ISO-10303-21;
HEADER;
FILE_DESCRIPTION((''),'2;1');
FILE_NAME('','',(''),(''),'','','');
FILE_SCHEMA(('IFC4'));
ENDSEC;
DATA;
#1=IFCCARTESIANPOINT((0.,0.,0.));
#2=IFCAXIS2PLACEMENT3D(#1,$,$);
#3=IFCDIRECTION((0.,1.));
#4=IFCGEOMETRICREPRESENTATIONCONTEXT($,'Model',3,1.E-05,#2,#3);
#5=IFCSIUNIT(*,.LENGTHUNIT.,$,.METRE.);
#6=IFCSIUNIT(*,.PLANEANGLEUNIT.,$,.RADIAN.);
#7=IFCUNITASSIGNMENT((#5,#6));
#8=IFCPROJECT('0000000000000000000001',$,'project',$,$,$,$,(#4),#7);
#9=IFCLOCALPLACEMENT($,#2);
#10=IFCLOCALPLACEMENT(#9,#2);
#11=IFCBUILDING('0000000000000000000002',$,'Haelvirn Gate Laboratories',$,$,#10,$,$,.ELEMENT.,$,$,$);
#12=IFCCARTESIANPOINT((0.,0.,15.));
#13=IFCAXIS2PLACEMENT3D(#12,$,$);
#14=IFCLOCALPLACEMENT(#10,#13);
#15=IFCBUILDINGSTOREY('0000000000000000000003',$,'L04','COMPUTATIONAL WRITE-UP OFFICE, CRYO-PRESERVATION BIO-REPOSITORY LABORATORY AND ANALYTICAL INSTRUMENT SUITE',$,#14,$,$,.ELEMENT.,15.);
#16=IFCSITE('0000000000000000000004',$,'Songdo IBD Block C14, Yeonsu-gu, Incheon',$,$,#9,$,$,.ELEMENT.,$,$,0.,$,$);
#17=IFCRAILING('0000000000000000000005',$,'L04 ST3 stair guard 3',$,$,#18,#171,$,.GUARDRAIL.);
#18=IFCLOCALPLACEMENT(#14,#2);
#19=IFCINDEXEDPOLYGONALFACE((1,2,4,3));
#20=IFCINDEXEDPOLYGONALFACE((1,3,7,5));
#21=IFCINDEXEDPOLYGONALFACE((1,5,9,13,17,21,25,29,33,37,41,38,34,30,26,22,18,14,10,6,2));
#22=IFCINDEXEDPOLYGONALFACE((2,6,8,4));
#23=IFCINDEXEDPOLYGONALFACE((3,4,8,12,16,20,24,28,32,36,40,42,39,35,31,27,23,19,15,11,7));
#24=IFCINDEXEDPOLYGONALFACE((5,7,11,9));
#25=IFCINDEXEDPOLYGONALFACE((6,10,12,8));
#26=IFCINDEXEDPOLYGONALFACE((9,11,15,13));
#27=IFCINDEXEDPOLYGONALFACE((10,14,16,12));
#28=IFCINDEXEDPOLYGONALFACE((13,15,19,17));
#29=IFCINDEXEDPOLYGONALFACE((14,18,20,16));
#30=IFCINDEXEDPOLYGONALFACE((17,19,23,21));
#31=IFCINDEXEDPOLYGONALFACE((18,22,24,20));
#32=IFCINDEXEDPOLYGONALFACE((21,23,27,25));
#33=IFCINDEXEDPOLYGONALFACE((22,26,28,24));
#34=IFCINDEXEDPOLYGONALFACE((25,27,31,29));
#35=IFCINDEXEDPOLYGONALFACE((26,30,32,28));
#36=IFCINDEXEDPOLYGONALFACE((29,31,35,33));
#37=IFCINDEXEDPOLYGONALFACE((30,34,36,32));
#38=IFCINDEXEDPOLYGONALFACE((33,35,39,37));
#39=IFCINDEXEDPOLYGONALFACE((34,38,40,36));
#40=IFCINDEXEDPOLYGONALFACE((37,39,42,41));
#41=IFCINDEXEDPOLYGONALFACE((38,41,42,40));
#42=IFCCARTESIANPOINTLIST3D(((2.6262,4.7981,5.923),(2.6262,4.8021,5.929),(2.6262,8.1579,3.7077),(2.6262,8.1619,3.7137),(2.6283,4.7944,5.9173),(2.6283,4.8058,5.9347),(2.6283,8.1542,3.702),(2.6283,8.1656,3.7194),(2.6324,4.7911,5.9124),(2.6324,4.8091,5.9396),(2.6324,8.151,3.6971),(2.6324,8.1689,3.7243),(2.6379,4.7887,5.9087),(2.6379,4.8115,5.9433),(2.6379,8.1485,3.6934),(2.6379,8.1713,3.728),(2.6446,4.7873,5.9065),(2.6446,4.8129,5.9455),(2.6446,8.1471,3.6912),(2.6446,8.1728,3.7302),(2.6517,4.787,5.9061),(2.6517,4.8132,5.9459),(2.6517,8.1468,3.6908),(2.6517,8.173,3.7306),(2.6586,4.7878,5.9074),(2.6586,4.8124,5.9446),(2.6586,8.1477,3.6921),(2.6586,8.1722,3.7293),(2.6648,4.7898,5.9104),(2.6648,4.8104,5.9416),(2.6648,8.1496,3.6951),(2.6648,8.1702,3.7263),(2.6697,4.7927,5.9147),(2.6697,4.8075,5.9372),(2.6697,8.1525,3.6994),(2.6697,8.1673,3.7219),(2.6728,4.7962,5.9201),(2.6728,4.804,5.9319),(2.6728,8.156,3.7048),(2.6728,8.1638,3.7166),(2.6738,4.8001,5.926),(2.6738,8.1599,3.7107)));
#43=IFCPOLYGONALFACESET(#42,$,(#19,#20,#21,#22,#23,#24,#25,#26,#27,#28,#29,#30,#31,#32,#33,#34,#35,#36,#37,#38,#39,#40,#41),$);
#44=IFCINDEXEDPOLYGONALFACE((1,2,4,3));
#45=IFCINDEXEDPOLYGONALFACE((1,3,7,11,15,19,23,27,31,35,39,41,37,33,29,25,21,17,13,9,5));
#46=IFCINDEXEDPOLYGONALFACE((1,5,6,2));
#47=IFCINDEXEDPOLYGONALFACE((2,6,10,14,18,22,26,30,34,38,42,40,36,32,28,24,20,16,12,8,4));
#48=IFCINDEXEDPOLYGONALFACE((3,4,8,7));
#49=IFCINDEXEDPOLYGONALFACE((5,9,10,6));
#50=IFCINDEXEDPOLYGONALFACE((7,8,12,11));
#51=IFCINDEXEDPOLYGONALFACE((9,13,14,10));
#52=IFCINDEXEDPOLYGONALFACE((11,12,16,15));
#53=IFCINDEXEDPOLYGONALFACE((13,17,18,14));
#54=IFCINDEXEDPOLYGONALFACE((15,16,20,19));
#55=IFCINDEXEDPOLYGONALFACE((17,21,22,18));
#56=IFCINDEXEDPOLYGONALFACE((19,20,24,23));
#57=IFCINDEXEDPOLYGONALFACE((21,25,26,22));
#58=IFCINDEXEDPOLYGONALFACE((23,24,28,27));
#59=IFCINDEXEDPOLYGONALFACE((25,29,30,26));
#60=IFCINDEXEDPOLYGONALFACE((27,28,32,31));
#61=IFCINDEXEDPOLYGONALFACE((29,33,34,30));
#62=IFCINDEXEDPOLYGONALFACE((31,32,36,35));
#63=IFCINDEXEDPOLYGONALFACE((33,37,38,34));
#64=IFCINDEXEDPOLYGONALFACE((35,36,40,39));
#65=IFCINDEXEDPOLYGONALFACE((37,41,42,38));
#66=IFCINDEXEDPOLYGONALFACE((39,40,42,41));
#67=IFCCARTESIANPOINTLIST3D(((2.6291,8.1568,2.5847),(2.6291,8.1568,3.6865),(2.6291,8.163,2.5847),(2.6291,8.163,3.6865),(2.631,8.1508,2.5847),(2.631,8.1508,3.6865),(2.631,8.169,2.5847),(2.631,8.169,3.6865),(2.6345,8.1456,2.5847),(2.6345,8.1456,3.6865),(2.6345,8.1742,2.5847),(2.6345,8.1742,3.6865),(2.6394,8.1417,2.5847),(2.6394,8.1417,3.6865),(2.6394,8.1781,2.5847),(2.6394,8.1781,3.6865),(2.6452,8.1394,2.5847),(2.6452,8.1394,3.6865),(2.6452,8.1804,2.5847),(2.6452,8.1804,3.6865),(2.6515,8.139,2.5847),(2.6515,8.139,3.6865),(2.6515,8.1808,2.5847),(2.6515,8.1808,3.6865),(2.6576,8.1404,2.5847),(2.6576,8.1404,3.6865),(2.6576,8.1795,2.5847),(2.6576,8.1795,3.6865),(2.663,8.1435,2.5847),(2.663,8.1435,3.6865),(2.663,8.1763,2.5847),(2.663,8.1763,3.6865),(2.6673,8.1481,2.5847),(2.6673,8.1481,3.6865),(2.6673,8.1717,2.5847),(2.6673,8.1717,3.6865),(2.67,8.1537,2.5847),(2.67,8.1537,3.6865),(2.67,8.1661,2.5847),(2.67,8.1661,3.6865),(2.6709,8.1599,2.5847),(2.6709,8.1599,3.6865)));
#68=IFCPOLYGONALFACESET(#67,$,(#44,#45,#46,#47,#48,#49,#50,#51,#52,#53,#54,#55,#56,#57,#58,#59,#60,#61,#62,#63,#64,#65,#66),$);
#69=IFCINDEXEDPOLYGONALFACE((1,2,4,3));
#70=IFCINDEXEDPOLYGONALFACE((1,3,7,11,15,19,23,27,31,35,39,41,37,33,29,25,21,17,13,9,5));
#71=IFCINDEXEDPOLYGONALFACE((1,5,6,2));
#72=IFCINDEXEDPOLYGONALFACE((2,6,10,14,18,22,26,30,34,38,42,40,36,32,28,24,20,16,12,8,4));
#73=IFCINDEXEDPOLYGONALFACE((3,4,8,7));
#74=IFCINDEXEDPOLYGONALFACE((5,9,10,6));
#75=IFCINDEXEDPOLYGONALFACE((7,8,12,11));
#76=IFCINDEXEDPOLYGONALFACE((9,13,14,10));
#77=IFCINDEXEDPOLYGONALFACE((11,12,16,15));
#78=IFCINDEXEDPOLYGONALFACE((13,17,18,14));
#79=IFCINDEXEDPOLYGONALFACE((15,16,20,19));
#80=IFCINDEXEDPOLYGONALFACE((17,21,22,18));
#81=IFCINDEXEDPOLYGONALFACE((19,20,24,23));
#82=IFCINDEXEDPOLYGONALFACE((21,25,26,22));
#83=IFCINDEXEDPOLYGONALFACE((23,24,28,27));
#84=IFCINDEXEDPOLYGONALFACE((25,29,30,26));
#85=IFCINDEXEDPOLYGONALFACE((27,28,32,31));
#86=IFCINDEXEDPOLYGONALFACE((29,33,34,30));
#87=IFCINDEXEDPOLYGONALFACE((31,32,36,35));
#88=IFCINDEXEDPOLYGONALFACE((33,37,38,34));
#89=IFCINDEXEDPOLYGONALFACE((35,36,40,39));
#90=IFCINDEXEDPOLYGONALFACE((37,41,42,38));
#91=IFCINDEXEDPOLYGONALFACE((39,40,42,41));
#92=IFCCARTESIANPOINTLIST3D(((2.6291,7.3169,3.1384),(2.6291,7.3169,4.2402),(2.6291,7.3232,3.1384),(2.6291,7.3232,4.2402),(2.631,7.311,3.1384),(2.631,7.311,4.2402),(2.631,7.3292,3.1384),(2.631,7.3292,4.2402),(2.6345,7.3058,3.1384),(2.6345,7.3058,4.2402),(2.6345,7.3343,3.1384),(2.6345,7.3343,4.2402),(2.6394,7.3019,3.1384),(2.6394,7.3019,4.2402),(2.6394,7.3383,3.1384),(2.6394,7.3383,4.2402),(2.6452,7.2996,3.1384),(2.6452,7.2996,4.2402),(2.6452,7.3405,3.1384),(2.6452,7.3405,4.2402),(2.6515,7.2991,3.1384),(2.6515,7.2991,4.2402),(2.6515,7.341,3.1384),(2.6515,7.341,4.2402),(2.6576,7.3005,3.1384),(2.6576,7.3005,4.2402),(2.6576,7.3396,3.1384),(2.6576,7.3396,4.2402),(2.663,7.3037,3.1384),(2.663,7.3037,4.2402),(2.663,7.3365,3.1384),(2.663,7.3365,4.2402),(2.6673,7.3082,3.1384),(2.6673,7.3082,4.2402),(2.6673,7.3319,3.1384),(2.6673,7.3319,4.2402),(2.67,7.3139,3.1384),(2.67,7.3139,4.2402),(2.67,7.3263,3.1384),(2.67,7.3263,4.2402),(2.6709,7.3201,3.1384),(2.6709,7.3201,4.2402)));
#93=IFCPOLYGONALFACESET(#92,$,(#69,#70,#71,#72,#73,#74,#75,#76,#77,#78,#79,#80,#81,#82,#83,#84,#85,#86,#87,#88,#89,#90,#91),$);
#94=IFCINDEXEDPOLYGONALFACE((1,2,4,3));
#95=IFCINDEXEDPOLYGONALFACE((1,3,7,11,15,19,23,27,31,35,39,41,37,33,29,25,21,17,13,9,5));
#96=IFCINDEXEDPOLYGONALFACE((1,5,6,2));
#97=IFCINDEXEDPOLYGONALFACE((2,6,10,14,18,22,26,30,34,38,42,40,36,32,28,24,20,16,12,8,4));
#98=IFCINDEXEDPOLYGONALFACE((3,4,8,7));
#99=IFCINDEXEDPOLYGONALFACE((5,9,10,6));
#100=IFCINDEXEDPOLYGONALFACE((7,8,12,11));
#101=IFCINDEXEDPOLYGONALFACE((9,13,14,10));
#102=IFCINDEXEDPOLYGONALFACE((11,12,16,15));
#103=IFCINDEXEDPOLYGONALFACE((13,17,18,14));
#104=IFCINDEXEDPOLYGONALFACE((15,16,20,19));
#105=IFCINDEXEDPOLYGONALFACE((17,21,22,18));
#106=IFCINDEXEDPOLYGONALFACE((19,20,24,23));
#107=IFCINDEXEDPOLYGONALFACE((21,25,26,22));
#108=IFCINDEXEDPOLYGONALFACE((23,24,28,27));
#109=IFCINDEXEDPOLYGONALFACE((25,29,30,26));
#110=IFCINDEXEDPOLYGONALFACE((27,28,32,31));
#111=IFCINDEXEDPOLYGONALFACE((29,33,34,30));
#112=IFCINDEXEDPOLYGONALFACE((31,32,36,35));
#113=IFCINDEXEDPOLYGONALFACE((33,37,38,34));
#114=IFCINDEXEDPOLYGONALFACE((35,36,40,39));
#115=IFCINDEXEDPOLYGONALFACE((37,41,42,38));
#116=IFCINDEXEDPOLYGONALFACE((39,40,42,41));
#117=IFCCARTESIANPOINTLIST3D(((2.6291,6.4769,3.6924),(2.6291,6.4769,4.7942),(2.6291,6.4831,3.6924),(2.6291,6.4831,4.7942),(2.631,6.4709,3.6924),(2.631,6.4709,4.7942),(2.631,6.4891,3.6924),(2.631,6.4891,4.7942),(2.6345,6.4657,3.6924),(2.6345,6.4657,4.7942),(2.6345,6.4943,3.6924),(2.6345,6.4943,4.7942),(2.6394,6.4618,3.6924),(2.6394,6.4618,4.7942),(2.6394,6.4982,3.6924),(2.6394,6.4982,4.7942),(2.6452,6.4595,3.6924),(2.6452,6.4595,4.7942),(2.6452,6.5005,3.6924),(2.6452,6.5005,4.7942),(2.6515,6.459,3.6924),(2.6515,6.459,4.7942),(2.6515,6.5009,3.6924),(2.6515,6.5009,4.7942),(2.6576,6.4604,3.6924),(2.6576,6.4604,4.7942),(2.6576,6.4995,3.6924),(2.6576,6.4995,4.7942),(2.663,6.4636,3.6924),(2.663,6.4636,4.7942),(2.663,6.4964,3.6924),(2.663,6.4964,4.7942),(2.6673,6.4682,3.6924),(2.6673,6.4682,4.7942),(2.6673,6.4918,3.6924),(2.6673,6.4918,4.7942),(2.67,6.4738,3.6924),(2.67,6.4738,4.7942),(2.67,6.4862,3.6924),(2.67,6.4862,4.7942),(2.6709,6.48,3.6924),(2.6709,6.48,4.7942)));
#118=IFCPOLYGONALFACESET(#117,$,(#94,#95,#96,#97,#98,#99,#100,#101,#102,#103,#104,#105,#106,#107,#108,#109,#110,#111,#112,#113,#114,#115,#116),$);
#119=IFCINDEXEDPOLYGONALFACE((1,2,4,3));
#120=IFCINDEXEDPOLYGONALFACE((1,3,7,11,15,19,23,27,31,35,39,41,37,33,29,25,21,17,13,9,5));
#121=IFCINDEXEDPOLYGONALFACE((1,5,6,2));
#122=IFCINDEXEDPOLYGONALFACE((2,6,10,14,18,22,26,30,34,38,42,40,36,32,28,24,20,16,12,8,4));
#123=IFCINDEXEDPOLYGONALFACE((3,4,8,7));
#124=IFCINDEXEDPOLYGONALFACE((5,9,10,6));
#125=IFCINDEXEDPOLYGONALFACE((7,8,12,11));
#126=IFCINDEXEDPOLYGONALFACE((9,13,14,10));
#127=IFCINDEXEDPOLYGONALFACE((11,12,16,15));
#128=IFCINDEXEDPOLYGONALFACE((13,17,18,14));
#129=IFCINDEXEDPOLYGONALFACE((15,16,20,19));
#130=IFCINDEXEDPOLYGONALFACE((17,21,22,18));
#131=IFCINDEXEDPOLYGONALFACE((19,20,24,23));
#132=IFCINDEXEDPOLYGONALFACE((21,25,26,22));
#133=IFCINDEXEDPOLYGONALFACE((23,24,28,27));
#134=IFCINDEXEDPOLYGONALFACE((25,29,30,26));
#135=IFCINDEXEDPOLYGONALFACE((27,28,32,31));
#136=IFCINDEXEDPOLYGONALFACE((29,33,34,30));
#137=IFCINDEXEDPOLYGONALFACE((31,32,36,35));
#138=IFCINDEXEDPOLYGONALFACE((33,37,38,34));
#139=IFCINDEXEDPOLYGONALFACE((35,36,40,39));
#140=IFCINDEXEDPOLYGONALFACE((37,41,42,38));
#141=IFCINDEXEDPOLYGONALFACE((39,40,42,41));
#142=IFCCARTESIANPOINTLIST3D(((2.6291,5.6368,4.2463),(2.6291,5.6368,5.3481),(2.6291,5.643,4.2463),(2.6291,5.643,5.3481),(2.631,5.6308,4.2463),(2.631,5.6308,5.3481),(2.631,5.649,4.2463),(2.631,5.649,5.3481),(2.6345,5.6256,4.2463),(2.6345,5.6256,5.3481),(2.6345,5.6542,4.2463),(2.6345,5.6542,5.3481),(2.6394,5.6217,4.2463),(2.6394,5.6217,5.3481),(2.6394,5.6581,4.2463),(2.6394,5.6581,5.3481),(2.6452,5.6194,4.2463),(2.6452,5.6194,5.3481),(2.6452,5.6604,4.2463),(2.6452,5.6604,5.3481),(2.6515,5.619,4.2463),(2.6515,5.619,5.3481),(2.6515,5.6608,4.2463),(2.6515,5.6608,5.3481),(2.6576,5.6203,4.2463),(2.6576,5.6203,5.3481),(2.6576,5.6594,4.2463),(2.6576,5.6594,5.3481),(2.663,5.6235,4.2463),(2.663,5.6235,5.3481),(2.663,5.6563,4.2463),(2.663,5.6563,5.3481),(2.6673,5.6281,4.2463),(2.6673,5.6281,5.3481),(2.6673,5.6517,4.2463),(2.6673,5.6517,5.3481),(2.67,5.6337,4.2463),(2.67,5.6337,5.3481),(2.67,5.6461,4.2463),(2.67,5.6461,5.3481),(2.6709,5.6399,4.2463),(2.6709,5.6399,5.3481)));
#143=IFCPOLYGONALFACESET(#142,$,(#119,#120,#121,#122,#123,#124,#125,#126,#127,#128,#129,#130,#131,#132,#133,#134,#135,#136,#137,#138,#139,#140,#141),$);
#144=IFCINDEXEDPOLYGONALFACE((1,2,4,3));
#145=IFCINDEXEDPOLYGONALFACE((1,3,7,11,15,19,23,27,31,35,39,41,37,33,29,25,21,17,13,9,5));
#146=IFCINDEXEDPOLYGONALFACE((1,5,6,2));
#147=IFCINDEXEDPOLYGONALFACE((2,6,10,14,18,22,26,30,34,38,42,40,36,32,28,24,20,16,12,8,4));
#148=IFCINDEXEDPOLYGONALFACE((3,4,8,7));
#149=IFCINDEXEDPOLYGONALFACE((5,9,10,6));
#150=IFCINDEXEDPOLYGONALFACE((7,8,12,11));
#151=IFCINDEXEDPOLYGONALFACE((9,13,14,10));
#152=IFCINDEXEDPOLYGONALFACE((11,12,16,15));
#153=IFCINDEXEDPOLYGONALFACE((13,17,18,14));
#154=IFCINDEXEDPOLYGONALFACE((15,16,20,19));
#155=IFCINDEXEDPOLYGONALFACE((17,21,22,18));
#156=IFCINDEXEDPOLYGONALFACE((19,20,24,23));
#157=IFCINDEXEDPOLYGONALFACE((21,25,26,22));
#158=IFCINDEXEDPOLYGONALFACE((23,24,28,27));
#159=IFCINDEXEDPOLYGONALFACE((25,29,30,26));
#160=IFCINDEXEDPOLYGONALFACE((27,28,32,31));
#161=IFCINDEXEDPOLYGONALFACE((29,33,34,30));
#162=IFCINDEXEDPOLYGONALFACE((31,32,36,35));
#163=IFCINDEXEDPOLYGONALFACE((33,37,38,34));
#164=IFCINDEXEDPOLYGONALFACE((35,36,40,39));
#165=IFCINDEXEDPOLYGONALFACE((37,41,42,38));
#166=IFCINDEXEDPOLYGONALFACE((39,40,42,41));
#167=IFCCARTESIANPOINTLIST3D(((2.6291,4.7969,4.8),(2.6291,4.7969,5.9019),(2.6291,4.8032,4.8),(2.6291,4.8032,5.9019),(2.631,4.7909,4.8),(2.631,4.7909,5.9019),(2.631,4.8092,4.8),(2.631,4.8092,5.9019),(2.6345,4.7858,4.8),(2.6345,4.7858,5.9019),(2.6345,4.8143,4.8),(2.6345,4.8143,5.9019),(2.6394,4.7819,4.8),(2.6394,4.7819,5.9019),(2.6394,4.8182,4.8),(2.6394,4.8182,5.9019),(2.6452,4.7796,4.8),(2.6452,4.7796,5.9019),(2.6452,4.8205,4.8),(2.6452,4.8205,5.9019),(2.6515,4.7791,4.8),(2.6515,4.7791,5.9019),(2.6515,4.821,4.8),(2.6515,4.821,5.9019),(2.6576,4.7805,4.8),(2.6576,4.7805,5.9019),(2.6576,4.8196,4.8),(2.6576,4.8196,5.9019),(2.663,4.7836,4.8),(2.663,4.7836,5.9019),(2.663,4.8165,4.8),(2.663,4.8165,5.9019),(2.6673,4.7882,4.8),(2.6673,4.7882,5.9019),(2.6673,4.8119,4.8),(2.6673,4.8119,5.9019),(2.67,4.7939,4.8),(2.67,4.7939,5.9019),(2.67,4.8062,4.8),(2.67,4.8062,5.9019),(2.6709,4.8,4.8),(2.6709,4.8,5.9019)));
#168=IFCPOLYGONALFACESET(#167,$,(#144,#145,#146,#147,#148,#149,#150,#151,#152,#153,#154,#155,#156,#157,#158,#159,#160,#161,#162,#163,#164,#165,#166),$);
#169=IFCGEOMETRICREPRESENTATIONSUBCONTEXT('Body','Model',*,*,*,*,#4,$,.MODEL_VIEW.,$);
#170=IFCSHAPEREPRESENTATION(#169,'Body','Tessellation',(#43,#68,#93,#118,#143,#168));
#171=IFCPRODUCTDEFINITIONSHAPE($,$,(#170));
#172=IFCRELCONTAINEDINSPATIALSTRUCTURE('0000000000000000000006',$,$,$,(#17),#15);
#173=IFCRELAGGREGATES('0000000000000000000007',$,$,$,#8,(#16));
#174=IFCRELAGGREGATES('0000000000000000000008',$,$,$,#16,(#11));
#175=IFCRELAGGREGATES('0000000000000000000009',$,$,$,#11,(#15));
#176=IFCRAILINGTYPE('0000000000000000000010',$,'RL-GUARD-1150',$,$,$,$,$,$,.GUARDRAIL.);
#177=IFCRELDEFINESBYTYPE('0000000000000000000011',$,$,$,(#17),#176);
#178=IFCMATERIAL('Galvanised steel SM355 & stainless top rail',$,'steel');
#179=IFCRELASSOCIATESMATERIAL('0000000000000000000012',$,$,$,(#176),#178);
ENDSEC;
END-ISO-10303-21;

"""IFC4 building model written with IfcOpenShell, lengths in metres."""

from ifc_helpers import new_model, si_unit, direction, frame, origin, origin_2d, place, context, subcontext, project, spatial, circle, extrude, source, transform, mapped, material, type_object, element, save


model = new_model("IFC4")

# Units and contexts
model_context = context("Model", 3, precision=1e-05, world=origin(), true_north=direction((0.0, 1.0)))
body_context = subcontext(model_context, "Body", "Model", "MODEL_VIEW")
ifc_project = project(units=[si_unit("LENGTHUNIT", "METRE"), si_unit("PLANEANGLEUNIT", "RADIAN")], contexts=[model_context])

# Site, building, storey
site_placement = place(None, origin())
site = spatial("IfcSite", under=ifc_project, at=site_placement, Name="Songdo IBD Block C14, Yeonsu-gu, Incheon", CompositionType="ELEMENT", RefElevation=0.0)
building_placement = place(site_placement, origin())
building = spatial("IfcBuilding", under=site, at=building_placement, Name="Haelvirn Gate Laboratories", CompositionType="ELEMENT")
storey_placement = place(building_placement, frame((0.0, 0.0, 15.0)))
storey = spatial("IfcBuildingStorey", under=building, at=storey_placement, Name="L04", Description="COMPUTATIONAL WRITE-UP OFFICE, CRYO-PRESERVATION BIO-REPOSITORY LABORATORY AND ANALYTICAL INSTRUMENT SUITE", CompositionType="ELEMENT", Elevation=15.0)

# Railing
ifc_material_1 = material(Name="Galvanised steel SM355 & stainless top rail", Category="steel")
railing_type_1 = type_object("IfcRailingType", Name="RL-GUARD-1150", PredefinedType="GUARDRAIL", material=ifc_material_1)
shared_shape_1 = source(origin(), body_context, "Body", "SweptSolid", [
    extrude(circle(Radius=0.0239, at=origin_2d()), frame((0.0, 0.0, 1.126), z_axis=(0.0, -0.834858, 0.550465), x_axis=(1.0, 0.0, 0.0)), (0.0, 0.0, 1.0), 4.0244),
    extrude(circle(Radius=0.021, at=origin_2d()), origin(), (0.0, 0.0, 1.0), 1.1018),
    extrude(circle(Radius=0.021, at=origin_2d()), frame((0.0, -0.8398, 0.5537)), (0.0, 0.0, 1.0), 1.1018),
    extrude(circle(Radius=0.021, at=origin_2d()), frame((0.0, -1.6799, 1.1077)), (0.0, 0.0, 1.0), 1.1018),
    extrude(circle(Radius=0.021, at=origin_2d()), frame((0.0, -2.52, 1.6616)), (0.0, 0.0, 1.0), 1.1018),
    extrude(circle(Radius=0.021, at=origin_2d()), frame((0.0, -3.3599, 2.2153)), (0.0, 0.0, 1.0), 1.1018),
])
railing_1_placement = place(storey_placement, frame((2.6499, 8.1599, 2.5847)))
element("IfcRailing", 1, at=railing_1_placement, inside=storey, type_object=railing_type_1, Name="L04 ST3 stair guard 3", PredefinedType="GUARDRAIL", context=body_context, shape_type="MappedRepresentation", body=[
    mapped(shared_shape_1, transform((0.0, 0.0, 0.0), scale=1.0)),
])

save(model, "model.ifc")
